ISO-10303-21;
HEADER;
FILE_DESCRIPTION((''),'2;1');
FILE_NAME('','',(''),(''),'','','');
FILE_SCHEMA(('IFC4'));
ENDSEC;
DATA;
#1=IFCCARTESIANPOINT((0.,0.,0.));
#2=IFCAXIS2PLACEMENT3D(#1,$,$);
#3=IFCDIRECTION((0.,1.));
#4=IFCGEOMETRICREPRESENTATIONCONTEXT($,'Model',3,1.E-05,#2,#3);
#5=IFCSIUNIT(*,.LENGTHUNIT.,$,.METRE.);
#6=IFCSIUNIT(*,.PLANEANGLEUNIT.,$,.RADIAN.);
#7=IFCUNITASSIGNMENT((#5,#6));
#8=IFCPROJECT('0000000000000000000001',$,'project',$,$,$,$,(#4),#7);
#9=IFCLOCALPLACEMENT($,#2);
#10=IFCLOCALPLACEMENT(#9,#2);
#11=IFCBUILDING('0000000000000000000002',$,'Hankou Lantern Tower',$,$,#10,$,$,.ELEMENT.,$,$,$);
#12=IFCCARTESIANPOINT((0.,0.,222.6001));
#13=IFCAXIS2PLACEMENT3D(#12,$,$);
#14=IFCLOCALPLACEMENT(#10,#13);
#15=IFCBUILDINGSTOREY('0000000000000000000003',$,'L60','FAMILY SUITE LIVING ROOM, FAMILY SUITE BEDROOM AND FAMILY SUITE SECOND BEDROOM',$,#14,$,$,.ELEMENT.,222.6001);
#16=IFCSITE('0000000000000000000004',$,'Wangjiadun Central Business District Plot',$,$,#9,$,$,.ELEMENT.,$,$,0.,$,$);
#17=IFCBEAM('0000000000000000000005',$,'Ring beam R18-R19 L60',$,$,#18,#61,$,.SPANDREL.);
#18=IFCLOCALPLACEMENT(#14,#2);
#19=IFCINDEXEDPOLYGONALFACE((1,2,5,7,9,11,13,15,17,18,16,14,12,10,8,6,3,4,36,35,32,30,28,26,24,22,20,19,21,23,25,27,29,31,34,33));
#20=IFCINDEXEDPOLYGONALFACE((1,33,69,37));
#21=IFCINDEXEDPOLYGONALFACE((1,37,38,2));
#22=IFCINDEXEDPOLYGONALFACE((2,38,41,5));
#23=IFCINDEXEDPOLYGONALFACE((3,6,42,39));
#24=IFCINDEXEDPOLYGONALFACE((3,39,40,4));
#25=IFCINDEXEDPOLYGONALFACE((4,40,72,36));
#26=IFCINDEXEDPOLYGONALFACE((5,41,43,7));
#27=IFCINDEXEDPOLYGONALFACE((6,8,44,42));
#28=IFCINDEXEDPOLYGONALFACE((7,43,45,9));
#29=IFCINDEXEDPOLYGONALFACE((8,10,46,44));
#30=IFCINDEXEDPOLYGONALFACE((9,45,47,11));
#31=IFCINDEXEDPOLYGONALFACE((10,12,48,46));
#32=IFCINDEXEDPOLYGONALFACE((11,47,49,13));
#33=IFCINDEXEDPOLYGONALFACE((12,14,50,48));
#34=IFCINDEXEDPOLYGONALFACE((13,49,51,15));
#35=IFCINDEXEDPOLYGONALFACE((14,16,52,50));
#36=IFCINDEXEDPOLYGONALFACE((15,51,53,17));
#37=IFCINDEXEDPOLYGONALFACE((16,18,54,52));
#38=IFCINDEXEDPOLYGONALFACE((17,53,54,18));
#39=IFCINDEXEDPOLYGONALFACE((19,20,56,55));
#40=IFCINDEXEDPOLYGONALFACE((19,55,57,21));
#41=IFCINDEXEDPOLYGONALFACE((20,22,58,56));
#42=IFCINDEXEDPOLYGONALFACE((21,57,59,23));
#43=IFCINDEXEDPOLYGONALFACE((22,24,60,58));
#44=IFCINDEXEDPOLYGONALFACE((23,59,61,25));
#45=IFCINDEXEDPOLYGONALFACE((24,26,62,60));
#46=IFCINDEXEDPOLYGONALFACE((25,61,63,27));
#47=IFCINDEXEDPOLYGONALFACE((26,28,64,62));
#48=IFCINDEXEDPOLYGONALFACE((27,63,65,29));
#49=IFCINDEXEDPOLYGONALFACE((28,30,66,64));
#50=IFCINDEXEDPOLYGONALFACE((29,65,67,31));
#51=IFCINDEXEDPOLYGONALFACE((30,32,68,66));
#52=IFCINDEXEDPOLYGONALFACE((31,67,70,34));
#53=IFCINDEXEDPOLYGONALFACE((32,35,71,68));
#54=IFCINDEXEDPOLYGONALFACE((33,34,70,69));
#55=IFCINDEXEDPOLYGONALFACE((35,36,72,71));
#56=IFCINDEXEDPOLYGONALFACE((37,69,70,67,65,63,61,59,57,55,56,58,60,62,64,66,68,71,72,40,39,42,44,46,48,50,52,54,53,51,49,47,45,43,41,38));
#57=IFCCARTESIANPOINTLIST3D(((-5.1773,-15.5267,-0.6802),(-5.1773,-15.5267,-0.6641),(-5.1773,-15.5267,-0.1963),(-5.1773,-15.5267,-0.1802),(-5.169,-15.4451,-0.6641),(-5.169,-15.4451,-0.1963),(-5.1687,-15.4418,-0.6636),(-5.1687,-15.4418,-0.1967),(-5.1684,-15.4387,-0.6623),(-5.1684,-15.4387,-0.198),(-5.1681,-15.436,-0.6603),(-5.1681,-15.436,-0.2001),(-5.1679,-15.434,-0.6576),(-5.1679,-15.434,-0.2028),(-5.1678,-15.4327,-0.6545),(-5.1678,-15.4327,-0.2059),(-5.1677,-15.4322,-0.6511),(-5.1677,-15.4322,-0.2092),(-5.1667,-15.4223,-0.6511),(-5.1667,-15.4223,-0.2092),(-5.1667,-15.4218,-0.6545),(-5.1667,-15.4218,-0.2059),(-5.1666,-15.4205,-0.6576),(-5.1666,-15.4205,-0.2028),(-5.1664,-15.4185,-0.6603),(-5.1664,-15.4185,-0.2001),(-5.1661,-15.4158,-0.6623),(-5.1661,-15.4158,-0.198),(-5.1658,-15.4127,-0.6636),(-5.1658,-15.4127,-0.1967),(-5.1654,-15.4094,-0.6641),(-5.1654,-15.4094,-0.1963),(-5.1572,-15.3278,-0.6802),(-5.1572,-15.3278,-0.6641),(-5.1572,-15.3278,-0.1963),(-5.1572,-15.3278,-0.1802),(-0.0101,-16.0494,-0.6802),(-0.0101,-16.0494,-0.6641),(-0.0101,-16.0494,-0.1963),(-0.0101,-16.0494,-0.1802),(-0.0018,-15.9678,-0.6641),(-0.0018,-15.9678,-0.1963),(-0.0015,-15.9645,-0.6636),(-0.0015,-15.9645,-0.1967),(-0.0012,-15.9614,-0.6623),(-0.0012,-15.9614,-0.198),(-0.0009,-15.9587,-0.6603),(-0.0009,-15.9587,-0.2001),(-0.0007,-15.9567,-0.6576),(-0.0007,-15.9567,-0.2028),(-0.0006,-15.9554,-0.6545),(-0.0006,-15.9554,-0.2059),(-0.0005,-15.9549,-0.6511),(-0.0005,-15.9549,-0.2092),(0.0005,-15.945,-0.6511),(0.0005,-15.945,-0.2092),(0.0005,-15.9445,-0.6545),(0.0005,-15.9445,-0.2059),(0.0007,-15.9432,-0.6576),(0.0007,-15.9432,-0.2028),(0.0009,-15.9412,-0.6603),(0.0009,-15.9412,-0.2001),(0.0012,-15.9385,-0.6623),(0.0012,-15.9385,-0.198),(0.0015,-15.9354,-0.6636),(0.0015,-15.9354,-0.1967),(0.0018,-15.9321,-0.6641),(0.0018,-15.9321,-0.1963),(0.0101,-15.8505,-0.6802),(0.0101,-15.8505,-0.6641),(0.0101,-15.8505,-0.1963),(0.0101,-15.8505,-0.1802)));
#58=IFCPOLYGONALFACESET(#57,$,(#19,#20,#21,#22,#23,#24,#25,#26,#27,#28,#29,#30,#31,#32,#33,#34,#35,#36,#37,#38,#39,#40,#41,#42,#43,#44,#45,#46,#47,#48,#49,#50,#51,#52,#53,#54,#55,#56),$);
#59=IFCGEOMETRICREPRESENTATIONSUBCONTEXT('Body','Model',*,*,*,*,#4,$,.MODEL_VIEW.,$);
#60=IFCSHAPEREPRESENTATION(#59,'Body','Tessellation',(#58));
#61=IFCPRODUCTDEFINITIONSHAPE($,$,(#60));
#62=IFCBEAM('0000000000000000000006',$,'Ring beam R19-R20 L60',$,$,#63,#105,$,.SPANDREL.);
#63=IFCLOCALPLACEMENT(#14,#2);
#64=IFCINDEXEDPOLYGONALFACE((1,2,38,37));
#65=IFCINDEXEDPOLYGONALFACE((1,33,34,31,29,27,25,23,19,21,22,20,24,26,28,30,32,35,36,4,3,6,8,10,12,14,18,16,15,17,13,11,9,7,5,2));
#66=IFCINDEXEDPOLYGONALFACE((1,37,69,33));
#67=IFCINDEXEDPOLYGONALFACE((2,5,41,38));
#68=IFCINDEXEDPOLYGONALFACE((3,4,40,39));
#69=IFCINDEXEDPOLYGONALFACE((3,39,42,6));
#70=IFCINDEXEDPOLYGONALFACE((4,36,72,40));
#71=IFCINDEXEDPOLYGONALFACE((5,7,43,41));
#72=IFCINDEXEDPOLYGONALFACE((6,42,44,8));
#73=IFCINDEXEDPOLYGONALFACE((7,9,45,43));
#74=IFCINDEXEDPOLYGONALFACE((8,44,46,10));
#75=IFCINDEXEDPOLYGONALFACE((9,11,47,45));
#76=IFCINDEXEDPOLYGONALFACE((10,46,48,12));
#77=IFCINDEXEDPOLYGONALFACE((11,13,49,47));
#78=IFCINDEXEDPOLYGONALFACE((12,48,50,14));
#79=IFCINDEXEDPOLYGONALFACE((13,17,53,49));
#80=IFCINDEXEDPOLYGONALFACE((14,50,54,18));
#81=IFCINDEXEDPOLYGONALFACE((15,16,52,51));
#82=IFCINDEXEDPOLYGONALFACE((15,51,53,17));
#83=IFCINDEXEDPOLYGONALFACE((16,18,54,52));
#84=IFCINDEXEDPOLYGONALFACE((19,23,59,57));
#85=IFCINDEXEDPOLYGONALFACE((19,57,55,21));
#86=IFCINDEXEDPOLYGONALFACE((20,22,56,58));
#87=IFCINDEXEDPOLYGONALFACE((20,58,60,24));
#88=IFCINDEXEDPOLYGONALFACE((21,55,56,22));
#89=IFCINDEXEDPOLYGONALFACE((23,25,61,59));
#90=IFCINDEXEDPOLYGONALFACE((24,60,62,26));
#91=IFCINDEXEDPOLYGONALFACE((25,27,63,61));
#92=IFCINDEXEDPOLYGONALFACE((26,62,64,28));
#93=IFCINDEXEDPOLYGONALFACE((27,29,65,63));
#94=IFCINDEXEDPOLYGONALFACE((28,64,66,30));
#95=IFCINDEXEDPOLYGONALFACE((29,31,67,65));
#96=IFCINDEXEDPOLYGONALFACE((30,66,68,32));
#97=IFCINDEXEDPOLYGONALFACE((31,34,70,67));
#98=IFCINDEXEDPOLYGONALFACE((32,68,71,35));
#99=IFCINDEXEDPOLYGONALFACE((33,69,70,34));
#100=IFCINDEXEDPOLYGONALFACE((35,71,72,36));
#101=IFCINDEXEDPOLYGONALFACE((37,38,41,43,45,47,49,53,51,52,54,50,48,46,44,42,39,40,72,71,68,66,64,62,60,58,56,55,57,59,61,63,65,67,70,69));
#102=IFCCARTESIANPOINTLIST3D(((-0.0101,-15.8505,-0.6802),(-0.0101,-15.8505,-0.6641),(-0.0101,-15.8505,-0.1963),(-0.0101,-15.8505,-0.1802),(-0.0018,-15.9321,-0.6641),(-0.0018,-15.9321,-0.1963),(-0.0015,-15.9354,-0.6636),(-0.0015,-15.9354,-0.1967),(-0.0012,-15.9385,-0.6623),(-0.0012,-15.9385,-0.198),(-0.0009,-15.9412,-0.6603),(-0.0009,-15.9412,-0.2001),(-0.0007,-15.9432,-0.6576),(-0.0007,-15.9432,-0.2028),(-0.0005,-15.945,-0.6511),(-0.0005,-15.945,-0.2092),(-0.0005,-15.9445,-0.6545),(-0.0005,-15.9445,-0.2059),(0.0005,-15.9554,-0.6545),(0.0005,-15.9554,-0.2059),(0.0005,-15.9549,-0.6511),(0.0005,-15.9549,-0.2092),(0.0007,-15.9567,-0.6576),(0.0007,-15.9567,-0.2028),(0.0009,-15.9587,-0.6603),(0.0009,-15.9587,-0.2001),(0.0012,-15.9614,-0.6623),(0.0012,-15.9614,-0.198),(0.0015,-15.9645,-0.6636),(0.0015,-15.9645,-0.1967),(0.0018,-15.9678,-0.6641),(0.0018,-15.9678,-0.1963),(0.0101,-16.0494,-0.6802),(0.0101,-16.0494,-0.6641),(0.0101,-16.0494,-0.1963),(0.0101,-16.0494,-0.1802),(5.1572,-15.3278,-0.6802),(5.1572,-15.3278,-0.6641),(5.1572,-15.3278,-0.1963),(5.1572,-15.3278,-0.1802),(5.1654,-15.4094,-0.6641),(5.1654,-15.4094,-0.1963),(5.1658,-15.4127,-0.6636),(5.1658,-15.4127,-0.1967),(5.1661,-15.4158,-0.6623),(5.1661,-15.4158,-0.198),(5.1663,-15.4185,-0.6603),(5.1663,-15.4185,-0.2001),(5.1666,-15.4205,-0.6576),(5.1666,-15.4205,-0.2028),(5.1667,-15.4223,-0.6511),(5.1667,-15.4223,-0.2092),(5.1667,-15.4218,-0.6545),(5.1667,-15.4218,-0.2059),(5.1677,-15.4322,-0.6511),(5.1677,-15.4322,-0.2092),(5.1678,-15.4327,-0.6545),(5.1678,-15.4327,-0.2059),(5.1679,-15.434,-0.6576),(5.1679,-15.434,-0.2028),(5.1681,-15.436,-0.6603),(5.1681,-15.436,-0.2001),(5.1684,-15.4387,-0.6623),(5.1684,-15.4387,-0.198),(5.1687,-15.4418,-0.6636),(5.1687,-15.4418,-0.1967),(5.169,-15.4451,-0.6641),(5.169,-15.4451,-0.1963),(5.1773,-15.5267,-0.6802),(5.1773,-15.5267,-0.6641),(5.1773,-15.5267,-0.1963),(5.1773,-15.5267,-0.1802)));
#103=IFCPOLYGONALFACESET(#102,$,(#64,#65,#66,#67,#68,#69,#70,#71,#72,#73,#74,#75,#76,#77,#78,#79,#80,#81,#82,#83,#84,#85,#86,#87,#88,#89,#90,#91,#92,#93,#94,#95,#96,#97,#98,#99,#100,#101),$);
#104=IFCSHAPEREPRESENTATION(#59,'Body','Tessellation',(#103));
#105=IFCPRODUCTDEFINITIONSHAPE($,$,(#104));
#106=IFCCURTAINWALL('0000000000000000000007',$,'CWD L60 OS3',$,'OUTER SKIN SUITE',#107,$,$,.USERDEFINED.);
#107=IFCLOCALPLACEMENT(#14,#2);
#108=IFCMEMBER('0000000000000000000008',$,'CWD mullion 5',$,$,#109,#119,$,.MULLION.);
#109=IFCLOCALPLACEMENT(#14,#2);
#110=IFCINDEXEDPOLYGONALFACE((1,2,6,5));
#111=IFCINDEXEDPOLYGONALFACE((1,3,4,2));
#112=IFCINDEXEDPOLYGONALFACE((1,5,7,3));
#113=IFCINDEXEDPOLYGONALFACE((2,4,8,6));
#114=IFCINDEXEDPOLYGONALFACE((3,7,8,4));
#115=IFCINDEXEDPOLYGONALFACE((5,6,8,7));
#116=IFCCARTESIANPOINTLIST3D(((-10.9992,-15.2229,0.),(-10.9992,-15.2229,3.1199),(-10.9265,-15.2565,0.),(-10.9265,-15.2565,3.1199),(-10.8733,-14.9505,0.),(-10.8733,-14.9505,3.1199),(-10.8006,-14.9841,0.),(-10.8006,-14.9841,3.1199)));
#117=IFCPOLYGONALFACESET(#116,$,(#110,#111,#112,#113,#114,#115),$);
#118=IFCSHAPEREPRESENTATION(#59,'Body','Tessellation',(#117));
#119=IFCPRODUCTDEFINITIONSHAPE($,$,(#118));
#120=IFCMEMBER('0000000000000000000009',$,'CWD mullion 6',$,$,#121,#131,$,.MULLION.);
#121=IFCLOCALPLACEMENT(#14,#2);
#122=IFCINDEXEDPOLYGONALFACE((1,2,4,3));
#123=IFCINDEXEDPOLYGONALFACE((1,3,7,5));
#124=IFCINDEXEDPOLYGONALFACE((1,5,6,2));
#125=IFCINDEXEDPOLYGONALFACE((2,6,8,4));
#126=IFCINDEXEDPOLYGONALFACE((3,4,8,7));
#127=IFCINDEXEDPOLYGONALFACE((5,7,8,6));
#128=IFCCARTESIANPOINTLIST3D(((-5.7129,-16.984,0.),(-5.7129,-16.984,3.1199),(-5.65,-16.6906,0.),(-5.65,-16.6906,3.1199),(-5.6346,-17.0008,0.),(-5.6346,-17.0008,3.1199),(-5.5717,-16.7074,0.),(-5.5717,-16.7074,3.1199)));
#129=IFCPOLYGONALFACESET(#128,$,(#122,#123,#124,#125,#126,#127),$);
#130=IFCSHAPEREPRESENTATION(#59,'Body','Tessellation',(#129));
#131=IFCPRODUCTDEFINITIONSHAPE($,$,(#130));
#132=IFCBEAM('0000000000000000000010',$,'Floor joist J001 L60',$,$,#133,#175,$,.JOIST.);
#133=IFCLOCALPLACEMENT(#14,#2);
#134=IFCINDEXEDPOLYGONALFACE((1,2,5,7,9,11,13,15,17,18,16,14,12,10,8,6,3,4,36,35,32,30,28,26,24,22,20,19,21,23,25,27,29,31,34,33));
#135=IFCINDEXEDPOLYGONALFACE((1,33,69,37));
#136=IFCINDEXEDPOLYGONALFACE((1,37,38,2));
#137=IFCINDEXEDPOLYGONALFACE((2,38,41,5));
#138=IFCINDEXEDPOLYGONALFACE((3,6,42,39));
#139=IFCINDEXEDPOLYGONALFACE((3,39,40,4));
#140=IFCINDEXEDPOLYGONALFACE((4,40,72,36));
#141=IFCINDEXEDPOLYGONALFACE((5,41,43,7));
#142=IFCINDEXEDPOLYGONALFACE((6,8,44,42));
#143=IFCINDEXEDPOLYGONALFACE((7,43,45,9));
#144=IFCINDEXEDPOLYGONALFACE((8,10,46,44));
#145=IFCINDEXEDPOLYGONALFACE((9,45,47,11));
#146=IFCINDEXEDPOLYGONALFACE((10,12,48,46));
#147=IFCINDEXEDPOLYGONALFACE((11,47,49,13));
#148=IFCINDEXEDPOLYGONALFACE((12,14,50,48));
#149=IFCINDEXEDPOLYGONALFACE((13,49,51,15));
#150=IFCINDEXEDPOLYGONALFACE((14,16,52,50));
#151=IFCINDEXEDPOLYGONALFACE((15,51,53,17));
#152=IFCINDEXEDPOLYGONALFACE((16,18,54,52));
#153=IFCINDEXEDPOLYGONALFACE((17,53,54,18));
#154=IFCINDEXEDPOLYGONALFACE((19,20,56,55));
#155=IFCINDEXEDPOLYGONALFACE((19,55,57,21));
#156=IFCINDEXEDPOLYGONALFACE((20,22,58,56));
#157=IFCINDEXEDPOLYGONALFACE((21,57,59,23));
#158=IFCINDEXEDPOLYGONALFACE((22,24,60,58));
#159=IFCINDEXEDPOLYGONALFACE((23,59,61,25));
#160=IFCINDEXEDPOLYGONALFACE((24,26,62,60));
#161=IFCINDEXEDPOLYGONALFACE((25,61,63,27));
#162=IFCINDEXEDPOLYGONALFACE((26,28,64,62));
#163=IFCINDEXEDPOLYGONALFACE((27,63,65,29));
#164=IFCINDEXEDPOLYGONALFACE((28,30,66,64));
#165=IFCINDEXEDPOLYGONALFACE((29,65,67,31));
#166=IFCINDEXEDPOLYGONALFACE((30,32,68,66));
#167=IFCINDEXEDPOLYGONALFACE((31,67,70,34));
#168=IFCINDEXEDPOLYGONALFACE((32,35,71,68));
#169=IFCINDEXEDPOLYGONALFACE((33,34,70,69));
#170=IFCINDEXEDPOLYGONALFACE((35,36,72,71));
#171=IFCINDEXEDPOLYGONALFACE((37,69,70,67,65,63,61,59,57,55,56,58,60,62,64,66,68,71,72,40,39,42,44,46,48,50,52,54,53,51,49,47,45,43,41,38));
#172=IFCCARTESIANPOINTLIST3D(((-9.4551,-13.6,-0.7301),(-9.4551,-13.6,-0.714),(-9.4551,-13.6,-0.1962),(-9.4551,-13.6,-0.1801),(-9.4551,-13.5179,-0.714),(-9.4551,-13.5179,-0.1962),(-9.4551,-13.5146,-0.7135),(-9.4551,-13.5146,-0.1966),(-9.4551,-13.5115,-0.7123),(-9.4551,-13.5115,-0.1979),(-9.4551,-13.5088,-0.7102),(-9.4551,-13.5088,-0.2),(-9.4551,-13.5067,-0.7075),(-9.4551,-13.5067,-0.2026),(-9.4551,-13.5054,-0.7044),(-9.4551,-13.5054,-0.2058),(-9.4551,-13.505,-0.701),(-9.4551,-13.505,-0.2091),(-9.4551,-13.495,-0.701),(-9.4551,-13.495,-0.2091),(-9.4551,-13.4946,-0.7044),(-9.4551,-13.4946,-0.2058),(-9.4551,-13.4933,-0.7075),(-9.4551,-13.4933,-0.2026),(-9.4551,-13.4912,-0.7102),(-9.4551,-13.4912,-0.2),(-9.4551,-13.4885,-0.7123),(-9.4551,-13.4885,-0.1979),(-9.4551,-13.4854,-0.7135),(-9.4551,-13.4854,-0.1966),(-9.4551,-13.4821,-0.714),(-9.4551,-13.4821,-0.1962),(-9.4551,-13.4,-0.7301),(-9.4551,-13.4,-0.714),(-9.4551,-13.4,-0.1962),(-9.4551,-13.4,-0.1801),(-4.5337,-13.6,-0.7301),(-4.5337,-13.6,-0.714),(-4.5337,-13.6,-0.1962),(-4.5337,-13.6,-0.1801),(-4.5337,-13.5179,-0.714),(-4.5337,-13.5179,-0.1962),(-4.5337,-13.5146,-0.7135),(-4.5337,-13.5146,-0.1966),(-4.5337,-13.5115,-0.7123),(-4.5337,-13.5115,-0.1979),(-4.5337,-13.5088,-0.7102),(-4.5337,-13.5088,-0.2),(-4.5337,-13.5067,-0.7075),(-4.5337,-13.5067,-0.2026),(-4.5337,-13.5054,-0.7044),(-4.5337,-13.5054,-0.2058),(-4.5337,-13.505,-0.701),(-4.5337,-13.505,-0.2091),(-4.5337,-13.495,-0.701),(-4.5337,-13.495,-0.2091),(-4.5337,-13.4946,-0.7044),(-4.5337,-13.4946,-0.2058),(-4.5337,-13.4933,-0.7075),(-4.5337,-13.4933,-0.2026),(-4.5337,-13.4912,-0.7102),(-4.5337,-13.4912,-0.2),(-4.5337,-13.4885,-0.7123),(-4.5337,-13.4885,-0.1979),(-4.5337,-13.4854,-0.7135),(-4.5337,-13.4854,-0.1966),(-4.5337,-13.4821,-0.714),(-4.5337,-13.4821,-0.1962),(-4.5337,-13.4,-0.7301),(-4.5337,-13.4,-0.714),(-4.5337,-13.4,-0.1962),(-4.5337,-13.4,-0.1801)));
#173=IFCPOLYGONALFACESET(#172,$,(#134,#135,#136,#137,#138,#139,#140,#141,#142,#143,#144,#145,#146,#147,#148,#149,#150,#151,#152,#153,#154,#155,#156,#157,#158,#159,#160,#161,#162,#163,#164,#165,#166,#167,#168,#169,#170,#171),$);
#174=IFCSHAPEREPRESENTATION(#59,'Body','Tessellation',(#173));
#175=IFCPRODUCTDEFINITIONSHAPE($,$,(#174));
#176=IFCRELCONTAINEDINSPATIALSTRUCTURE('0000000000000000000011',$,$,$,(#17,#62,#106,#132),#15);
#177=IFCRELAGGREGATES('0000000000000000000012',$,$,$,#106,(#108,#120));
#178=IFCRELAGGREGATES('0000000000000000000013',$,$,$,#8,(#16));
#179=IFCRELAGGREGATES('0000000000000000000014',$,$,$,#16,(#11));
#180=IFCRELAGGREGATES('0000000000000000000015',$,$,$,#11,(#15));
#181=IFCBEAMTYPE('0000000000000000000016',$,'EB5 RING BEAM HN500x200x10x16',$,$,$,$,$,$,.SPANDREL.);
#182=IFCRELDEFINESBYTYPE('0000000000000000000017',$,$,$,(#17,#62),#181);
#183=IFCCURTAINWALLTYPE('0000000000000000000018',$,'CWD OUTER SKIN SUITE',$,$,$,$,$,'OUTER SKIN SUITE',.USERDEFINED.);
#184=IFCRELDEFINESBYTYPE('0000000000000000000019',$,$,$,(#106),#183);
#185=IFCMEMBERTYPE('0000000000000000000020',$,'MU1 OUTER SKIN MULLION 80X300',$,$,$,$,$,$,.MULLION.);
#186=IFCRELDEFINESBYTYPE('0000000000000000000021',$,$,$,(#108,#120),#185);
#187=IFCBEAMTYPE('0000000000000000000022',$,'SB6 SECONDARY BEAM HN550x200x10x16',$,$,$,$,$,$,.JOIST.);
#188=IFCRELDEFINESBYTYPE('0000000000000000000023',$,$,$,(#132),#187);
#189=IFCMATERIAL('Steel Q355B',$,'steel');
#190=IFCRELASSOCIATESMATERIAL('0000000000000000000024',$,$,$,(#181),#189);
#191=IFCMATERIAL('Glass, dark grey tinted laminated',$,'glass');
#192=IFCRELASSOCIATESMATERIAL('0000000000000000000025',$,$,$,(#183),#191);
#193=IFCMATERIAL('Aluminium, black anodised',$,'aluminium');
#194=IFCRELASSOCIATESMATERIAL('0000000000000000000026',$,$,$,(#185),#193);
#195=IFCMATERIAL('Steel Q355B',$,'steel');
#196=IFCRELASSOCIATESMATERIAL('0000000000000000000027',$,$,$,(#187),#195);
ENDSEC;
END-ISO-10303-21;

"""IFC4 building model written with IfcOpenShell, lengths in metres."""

from ifc_helpers import new_model, si_unit, direction, frame, origin, origin_2d, place, context, subcontext, project, spatial, rectangle, i_section, extrude, material, material_profile, profile_set, type_object, element, aggregate, save


model = new_model("IFC4")

# Units and contexts
model_context = context("Model", 3, precision=1e-05, world=origin(), true_north=direction((0.0, 1.0)))
body_context = subcontext(model_context, "Body", "Model", "MODEL_VIEW")
ifc_project = project(units=[si_unit("LENGTHUNIT", "METRE"), si_unit("PLANEANGLEUNIT", "RADIAN")], contexts=[model_context])

# Site, building, storey
site_placement = place(None, origin())
site = spatial("IfcSite", under=ifc_project, at=site_placement, Name="Wangjiadun Central Business District Plot", CompositionType="ELEMENT", RefElevation=0.0)
building_placement = place(site_placement, origin())
building = spatial("IfcBuilding", under=site, at=building_placement, Name="Hankou Lantern Tower", CompositionType="ELEMENT")
storey_placement = place(building_placement, frame((0.0, 0.0, 222.6001)))
storey = spatial("IfcBuildingStorey", under=building, at=storey_placement, Name="L60", Description="FAMILY SUITE LIVING ROOM, FAMILY SUITE BEDROOM AND FAMILY SUITE SECOND BEDROOM", CompositionType="ELEMENT", Elevation=222.6001)

# Beams
ifc_material_1 = material(Name="Steel Q355B", Category="steel")
ifc_material_profile_1 = material_profile(ifc_material_1, i_section(OverallWidth=0.2, OverallDepth=0.5, WebThickness=0.01, FlangeThickness=0.0161, FilletRadius=0.0129, at=origin_2d()), Name="HN500x200x10x16")
ifc_profile_set_1 = profile_set([ifc_material_profile_1], Name="Steel Q355B")
beam_type_1 = type_object("IfcBeamType", Name="EB5 RING BEAM HN500x200x10x16", PredefinedType="SPANDREL", material=ifc_profile_set_1)
for number, where, z_axis, x_axis, name in (
    (1, (-5.1672, -15.4272, -0.4302), (0.994923, -0.100644, 0.0), (0.100644, 0.994923, 0.0), "Ring beam R18-R19 L60"),
    (2, (0.0, -15.95, -0.4302), (0.994923, 0.100644, 0.0), (-0.100644, 0.994923, 0.0), "Ring beam R19-R20 L60"),
):
    element("IfcBeam", number, at=place(storey_placement, frame(where, z_axis=z_axis, x_axis=x_axis)), inside=storey, type_object=beam_type_1, Name=name, PredefinedType="SPANDREL", context=body_context, shape_type="SweptSolid", body=[
        extrude(i_section(OverallWidth=0.2, OverallDepth=0.5, WebThickness=0.01, FlangeThickness=0.0161, FilletRadius=0.0129, at=origin_2d()), origin(), (0.0, 0.0, 1.0), 5.1936),
    ])

# Curtain wall, members
ifc_material_2 = material(Name="Glass, dark grey tinted laminated", Category="glass")
curtain_wall_type = type_object("IfcCurtainWallType", Name="CWD OUTER SKIN SUITE", ElementType="OUTER SKIN SUITE", PredefinedType="USERDEFINED", material=ifc_material_2)
curtain_wall_placement = place(storey_placement, origin())
curtain_wall = element("IfcCurtainWall", 3, at=curtain_wall_placement, inside=storey, type_object=curtain_wall_type, Name="CWD L60 OS3", ObjectType="OUTER SKIN SUITE", PredefinedType="USERDEFINED")
ifc_material_3 = material(Name="Aluminium, black anodised", Category="aluminium")
ifc_material_profile_2 = material_profile(ifc_material_3, rectangle(XDim=0.0801, YDim=0.3, at=origin_2d()), Name="MU1 80X300")
ifc_profile_set_2 = profile_set([ifc_material_profile_2], Name="Aluminium, black anodised")
member_type_1 = type_object("IfcMemberType", Name="MU1 OUTER SKIN MULLION 80X300", PredefinedType="MULLION", material=ifc_profile_set_2)
member_1_placement = place(storey_placement, frame((-10.8999, -15.1035, 0.0), z_axis=(0.0, 0.0, 1.0), x_axis=(0.907841, -0.419314, 0.0)))
member_1 = element("IfcMember", 4, at=member_1_placement, type_object=member_type_1, Name="CWD mullion 5", PredefinedType="MULLION", context=body_context, shape_type="SweptSolid", body=[
    extrude(rectangle(XDim=0.0801, YDim=0.3, at=origin_2d()), origin(), (0.0, 0.0, 1.0), 3.1199),
])
member_2_placement = place(storey_placement, frame((-5.6423, -16.8457, 0.0), z_axis=(0.0, 0.0, 1.0), x_axis=(0.977788, -0.209598, 0.0)))
member_2 = element("IfcMember", 5, at=member_2_placement, type_object=member_type_1, Name="CWD mullion 6", PredefinedType="MULLION", context=body_context, shape_type="SweptSolid", body=[
    extrude(rectangle(XDim=0.0801, YDim=0.3, at=origin_2d()), origin(), (0.0, 0.0, 1.0), 3.1199),
])

# Beam
ifc_material_4 = material(Name="Steel Q355B", Category="steel")
ifc_material_profile_3 = material_profile(ifc_material_4, i_section(OverallWidth=0.2, OverallDepth=0.55, WebThickness=0.01, FlangeThickness=0.0161, FilletRadius=0.0129, at=origin_2d()), Name="HN550x200x10x16")
ifc_profile_set_3 = profile_set([ifc_material_profile_3], Name="Steel Q355B")
beam_type_2 = type_object("IfcBeamType", Name="SB6 SECONDARY BEAM HN550x200x10x16", PredefinedType="JOIST", material=ifc_profile_set_3)
beam_1_placement = place(storey_placement, frame((-9.4551, -13.5, -0.4551), z_axis=(1.0, 0.0, 0.0), x_axis=(0.0, 1.0, 0.0)))
element("IfcBeam", 6, at=beam_1_placement, inside=storey, type_object=beam_type_2, Name="Floor joist J001 L60", PredefinedType="JOIST", context=body_context, shape_type="SweptSolid", body=[
    extrude(i_section(OverallWidth=0.2, OverallDepth=0.55, WebThickness=0.01, FlangeThickness=0.0161, FilletRadius=0.0129, at=origin_2d()), origin(), (0.0, 0.0, 1.0), 4.9214),
])

aggregate(curtain_wall, [member_1, member_2])

save(model, "model.ifc")
